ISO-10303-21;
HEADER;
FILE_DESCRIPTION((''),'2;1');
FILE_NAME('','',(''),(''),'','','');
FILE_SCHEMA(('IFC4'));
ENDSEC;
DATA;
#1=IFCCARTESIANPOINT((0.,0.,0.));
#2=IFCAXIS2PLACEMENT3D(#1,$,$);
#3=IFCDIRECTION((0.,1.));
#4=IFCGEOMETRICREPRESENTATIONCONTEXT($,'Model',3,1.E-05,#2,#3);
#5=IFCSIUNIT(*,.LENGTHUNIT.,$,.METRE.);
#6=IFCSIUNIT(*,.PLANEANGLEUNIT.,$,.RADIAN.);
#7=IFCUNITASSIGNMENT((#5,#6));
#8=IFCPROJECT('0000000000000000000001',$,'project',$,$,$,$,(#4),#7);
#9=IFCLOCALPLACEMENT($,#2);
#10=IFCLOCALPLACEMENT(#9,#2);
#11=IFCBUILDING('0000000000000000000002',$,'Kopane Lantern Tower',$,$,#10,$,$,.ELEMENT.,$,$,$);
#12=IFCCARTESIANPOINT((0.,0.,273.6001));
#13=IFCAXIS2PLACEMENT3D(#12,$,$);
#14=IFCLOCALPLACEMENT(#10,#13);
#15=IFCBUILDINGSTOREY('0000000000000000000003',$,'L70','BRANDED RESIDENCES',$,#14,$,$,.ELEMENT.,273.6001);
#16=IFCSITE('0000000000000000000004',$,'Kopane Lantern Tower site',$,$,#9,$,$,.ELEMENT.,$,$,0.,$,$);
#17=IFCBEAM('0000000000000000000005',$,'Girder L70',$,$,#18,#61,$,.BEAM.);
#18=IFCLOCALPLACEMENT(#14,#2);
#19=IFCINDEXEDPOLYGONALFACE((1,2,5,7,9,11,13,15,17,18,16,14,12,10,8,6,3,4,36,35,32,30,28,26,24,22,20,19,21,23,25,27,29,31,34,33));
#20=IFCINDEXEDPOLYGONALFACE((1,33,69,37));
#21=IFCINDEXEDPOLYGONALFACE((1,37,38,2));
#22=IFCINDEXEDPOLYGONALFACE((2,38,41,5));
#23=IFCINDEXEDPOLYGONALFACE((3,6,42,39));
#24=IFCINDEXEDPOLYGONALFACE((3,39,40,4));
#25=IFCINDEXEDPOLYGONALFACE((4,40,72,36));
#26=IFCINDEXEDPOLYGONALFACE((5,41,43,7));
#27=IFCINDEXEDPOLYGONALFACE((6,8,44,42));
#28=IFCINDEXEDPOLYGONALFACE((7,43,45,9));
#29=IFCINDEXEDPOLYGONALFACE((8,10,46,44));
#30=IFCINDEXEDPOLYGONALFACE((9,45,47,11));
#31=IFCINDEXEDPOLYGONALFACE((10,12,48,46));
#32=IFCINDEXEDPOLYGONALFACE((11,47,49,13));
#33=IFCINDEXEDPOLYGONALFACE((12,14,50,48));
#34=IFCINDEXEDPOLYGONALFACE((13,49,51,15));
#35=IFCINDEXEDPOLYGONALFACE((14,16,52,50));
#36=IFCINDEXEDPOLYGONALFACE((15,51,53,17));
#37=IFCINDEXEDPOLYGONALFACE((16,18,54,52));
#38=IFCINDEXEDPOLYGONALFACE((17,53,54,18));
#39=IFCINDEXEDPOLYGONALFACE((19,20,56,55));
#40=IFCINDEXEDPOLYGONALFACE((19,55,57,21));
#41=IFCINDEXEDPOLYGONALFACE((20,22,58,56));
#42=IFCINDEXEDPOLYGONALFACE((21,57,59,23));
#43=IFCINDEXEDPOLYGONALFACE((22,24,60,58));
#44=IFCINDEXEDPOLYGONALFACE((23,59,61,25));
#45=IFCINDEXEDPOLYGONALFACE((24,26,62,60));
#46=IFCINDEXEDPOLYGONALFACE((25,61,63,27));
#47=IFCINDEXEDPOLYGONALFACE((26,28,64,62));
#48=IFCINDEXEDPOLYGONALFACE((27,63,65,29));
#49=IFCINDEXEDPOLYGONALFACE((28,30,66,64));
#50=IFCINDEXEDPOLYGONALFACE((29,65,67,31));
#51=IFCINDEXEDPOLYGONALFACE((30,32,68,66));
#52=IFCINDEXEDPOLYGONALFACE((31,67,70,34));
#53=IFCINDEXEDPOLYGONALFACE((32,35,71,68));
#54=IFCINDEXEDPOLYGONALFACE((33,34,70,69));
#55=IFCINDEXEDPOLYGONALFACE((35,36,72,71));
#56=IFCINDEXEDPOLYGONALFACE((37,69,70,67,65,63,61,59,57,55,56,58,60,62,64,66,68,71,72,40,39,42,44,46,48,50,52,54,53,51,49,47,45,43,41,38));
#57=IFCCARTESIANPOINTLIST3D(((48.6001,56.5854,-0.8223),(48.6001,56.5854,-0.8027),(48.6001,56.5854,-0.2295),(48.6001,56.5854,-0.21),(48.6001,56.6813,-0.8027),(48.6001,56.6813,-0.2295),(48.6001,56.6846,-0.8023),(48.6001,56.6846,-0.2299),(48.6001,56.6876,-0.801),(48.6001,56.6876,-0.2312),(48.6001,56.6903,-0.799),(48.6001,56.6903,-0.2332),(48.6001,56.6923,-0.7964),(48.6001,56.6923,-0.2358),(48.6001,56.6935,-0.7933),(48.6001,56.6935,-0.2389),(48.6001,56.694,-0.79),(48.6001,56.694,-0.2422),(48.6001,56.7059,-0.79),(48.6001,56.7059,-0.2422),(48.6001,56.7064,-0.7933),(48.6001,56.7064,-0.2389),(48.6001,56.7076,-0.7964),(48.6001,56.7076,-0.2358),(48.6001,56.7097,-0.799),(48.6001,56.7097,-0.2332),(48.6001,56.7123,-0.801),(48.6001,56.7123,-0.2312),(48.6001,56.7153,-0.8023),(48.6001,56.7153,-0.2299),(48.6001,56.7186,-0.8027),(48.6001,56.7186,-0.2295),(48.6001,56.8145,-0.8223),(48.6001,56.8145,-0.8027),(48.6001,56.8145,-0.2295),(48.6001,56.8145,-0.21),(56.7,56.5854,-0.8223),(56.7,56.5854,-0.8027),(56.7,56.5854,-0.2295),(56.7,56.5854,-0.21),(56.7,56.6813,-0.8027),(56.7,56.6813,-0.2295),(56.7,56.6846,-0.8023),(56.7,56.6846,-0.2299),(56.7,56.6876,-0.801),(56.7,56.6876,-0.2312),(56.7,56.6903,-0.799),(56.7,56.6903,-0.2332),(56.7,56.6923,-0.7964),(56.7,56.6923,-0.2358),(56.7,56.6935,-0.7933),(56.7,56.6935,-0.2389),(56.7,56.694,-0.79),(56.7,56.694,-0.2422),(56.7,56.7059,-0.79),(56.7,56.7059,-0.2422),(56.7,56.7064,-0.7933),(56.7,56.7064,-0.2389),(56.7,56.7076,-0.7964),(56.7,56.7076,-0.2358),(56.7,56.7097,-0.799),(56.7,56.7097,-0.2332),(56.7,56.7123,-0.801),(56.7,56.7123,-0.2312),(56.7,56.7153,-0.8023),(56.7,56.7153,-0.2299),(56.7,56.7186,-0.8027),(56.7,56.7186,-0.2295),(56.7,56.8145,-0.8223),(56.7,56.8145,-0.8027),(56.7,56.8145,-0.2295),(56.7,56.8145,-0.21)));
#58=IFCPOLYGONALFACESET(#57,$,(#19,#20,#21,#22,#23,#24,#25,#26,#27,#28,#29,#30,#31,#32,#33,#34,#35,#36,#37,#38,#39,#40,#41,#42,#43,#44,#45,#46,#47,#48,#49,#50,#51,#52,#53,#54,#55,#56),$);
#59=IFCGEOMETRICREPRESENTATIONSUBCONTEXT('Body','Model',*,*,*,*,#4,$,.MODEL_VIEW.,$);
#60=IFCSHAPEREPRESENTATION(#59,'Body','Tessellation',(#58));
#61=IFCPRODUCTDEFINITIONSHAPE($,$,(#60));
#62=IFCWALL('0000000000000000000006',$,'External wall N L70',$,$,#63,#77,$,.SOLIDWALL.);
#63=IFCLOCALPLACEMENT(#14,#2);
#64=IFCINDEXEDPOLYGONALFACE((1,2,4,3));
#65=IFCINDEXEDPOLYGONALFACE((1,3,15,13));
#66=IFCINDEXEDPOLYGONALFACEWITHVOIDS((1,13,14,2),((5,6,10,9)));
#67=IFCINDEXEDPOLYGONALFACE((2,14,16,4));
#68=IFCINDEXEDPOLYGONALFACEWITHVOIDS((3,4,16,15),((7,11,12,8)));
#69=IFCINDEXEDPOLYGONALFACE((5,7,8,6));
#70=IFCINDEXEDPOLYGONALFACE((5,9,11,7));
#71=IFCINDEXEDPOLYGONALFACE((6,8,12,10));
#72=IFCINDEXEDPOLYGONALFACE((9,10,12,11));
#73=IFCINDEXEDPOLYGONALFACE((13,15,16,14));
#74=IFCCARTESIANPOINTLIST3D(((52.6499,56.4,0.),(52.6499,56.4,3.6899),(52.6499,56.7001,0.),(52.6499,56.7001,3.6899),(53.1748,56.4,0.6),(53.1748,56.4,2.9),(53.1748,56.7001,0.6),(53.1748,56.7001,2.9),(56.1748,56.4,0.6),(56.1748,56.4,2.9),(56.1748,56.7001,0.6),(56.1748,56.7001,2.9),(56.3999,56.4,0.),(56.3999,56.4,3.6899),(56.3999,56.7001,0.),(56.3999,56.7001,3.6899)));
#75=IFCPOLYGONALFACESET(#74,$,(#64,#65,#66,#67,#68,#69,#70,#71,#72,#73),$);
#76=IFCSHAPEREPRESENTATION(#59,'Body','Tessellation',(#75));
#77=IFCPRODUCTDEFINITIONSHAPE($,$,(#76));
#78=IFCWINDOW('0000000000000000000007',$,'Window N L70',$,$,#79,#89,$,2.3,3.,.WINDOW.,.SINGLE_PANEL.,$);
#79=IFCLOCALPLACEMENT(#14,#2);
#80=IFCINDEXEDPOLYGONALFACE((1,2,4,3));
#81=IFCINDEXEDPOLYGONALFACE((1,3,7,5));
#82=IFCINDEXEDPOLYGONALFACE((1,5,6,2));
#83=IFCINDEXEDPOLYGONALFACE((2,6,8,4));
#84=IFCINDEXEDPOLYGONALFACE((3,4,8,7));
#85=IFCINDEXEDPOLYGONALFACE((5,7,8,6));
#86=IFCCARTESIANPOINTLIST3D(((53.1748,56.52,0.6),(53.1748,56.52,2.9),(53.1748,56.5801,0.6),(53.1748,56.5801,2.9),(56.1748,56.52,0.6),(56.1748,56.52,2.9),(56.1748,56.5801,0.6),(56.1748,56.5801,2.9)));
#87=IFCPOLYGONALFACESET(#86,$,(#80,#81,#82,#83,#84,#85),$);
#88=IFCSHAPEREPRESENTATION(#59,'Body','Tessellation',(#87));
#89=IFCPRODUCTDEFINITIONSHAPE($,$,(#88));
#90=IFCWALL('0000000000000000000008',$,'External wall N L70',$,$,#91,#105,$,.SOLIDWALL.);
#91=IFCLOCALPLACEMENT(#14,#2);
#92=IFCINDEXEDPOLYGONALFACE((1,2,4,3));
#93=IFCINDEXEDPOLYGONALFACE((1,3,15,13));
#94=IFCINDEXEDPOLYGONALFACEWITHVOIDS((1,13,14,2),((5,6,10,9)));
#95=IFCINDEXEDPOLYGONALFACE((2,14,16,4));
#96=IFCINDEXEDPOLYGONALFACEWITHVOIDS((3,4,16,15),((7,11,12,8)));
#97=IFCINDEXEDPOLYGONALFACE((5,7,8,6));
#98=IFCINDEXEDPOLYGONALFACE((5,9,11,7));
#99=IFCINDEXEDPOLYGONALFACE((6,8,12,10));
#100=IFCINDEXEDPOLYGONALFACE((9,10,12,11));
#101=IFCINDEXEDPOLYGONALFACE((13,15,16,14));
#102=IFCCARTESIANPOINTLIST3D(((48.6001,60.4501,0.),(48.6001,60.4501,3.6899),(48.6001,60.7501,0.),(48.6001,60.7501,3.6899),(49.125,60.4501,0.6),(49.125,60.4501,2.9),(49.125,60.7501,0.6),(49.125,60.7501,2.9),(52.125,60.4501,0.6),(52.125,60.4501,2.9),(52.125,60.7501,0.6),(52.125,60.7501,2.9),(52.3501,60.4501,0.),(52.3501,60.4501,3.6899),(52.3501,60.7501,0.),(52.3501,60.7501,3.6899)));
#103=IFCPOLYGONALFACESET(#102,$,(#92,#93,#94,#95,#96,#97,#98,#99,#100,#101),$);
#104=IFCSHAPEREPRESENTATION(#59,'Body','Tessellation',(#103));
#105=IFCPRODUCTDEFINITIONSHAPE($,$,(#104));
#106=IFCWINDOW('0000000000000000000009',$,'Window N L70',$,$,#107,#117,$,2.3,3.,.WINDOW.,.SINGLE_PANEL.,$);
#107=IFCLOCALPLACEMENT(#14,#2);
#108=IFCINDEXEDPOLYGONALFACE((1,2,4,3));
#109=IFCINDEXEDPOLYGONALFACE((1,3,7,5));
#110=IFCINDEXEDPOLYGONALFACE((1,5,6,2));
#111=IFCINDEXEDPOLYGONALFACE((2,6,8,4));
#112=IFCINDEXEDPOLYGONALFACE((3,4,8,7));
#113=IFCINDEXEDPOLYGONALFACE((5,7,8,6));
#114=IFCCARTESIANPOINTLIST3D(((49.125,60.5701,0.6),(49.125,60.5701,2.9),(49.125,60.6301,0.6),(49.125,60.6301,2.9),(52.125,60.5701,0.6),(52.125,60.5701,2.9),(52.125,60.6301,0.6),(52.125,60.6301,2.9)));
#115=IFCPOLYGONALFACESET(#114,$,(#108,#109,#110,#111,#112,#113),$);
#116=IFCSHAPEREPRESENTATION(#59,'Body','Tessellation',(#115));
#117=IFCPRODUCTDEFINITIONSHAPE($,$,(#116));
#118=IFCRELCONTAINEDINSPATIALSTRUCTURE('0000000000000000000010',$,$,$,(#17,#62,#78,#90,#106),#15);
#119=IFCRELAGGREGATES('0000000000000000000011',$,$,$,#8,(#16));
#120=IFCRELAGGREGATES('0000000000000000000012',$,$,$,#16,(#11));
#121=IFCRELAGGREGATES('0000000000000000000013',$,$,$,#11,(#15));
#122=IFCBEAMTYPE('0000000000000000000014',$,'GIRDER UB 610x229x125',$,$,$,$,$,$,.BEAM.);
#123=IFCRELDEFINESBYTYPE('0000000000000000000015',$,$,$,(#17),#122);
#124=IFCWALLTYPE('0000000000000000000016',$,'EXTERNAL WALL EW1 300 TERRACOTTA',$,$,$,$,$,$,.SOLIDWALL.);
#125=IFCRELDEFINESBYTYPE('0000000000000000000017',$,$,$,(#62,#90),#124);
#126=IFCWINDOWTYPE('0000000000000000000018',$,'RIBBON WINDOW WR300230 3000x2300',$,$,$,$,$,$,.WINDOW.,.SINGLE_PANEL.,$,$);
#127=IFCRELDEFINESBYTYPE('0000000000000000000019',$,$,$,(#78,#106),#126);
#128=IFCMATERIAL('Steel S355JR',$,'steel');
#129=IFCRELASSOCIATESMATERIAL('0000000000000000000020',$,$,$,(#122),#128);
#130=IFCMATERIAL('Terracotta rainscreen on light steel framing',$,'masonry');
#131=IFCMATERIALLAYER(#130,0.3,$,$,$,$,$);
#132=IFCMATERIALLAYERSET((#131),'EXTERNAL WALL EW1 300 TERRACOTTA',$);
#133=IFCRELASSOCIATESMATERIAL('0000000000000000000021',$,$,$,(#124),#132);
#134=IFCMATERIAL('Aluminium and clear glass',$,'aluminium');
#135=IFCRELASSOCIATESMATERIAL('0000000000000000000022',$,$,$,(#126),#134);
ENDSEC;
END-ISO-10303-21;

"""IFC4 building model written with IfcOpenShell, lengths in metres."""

from ifc_helpers import new_model, si_unit, direction, frame, frame_2d, origin, origin_2d, place, context, subcontext, project, spatial, rectangle, i_section, extrude, material, layer, layer_set, material_profile, profile_set, type_object, element, fill, save


model = new_model("IFC4")

# Units and contexts
model_context = context("Model", 3, precision=1e-05, world=origin(), true_north=direction((0.0, 1.0)))
body_context = subcontext(model_context, "Body", "Model", "MODEL_VIEW")
ifc_project = project(units=[si_unit("LENGTHUNIT", "METRE"), si_unit("PLANEANGLEUNIT", "RADIAN")], contexts=[model_context])

# Site, building, storey
site_placement = place(None, origin())
site = spatial("IfcSite", under=ifc_project, at=site_placement, Name="Kopane Lantern Tower site", CompositionType="ELEMENT", RefElevation=0.0)
building_placement = place(site_placement, origin())
building = spatial("IfcBuilding", under=site, at=building_placement, Name="Kopane Lantern Tower", CompositionType="ELEMENT")
storey_placement = place(building_placement, frame((0.0, 0.0, 273.6001)))
storey = spatial("IfcBuildingStorey", under=building, at=storey_placement, Name="L70", Description="BRANDED RESIDENCES", CompositionType="ELEMENT", Elevation=273.6001)

# Beam
ifc_material_1 = material(Name="Steel S355JR", Category="steel")
ifc_material_profile_1 = material_profile(ifc_material_1, i_section(OverallWidth=0.229, OverallDepth=0.6123, WebThickness=0.012, FlangeThickness=0.0195, FilletRadius=0.0127, at=origin_2d()), Name="UB 610x229x125")
ifc_profile_set_1 = profile_set([ifc_material_profile_1], Name="Steel S355JR")
beam_type_1 = type_object("IfcBeamType", Name="GIRDER UB 610x229x125", PredefinedType="BEAM", material=ifc_profile_set_1)
beam_1_placement = place(storey_placement, frame((48.6001, 56.7, -0.5161), z_axis=(1.0, 0.0, 0.0), x_axis=(0.0, 1.0, 0.0)))
element("IfcBeam", 1, at=beam_1_placement, inside=storey, type_object=beam_type_1, Name="Girder L70", PredefinedType="BEAM", context=body_context, shape_type="SweptSolid", body=[
    extrude(i_section(OverallWidth=0.229, OverallDepth=0.6123, WebThickness=0.012, FlangeThickness=0.0195, FilletRadius=0.0127, at=origin_2d()), origin(), (0.0, 0.0, 1.0), 8.0999),
])

# Walls, openings, windows
ifc_material_2 = material(Name="Terracotta rainscreen on light steel framing", Category="masonry")
ifc_layer = layer(ifc_material_2, 0.3)
ifc_layer_set = layer_set([ifc_layer], Name="EXTERNAL WALL EW1 300 TERRACOTTA")
wall_type = type_object("IfcWallType", Name="EXTERNAL WALL EW1 300 TERRACOTTA", PredefinedType="SOLIDWALL", material=ifc_layer_set)
wall_1_placement = place(storey_placement, frame((56.3999, 56.55, 0.0), z_axis=(0.0, 0.0, 1.0), x_axis=(-1.0, 0.0, 0.0)))
wall_1 = element("IfcWall", 2, at=wall_1_placement, inside=storey, type_object=wall_type, Name="External wall N L70", PredefinedType="SOLIDWALL", context=body_context, shape_type="SweptSolid", body=[
    extrude(rectangle(XDim=3.75, YDim=0.3, at=frame_2d((1.875, 0.0))), origin(), (0.0, 0.0, 1.0), 3.6899),
])
opening_1_placement = place(wall_1_placement, frame((0.2251, 0.0, 0.6001)))
opening_1 = element("IfcOpeningElement", 3, at=opening_1_placement, cuts=wall_1, PredefinedType="OPENING", context=body_context, shape_type="SweptSolid", body=[
    extrude(rectangle(XDim=3.0, YDim=2.3, at=frame_2d((1.5, 1.1499))), frame((0.0, 0.1599, 0.0), z_axis=(0.0, -1.0, 0.0), x_axis=(1.0, 0.0, 0.0)), (0.0, 0.0, 1.0), 0.3201),
])
ifc_material_3 = material(Name="Aluminium and clear glass", Category="aluminium")
window_type = type_object("IfcWindowType", Name="RIBBON WINDOW WR300230 3000x2300", PartitioningType="SINGLE_PANEL", PredefinedType="WINDOW", material=ifc_material_3)
window_1_placement = place(opening_1_placement, origin())
window_1 = element("IfcWindow", 4, at=window_1_placement, inside=storey, type_object=window_type, Name="Window N L70", OverallHeight=2.3, OverallWidth=3.0, PartitioningType="SINGLE_PANEL", PredefinedType="WINDOW", context=body_context, shape_type="SweptSolid", body=[
    extrude(rectangle(XDim=3.0, YDim=2.3, at=frame_2d((1.5, 1.1499))), frame((0.0, 0.03, 0.0), z_axis=(0.0, -1.0, 0.0), x_axis=(1.0, 0.0, 0.0)), (0.0, 0.0, 1.0), 0.0601),
])
fill(opening_1, window_1)
wall_2_placement = place(storey_placement, frame((52.3501, 60.6001, 0.0), z_axis=(0.0, 0.0, 1.0), x_axis=(-1.0, 0.0, 0.0)))
wall_2 = element("IfcWall", 5, at=wall_2_placement, inside=storey, type_object=wall_type, Name="External wall N L70", PredefinedType="SOLIDWALL", context=body_context, shape_type="SweptSolid", body=[
    extrude(rectangle(XDim=3.75, YDim=0.3, at=frame_2d((1.875, 0.0))), origin(), (0.0, 0.0, 1.0), 3.6899),
])
opening_2_placement = place(wall_2_placement, frame((0.2251, 0.0, 0.6001)))
opening_2 = element("IfcOpeningElement", 6, at=opening_2_placement, cuts=wall_2, PredefinedType="OPENING", context=body_context, shape_type="SweptSolid", body=[
    extrude(rectangle(XDim=3.0, YDim=2.3, at=frame_2d((1.5, 1.1499))), frame((0.0, 0.1599, 0.0), z_axis=(0.0, -1.0, 0.0), x_axis=(1.0, 0.0, 0.0)), (0.0, 0.0, 1.0), 0.3201),
])
window_2_placement = place(opening_2_placement, origin())
window_2 = element("IfcWindow", 7, at=window_2_placement, inside=storey, type_object=window_type, Name="Window N L70", OverallHeight=2.3, OverallWidth=3.0, PartitioningType="SINGLE_PANEL", PredefinedType="WINDOW", context=body_context, shape_type="SweptSolid", body=[
    extrude(rectangle(XDim=3.0, YDim=2.3, at=frame_2d((1.5, 1.1499))), frame((0.0, 0.03, 0.0), z_axis=(0.0, -1.0, 0.0), x_axis=(1.0, 0.0, 0.0)), (0.0, 0.0, 1.0), 0.0601),
])
fill(opening_2, window_2)

save(model, "model.ifc")
